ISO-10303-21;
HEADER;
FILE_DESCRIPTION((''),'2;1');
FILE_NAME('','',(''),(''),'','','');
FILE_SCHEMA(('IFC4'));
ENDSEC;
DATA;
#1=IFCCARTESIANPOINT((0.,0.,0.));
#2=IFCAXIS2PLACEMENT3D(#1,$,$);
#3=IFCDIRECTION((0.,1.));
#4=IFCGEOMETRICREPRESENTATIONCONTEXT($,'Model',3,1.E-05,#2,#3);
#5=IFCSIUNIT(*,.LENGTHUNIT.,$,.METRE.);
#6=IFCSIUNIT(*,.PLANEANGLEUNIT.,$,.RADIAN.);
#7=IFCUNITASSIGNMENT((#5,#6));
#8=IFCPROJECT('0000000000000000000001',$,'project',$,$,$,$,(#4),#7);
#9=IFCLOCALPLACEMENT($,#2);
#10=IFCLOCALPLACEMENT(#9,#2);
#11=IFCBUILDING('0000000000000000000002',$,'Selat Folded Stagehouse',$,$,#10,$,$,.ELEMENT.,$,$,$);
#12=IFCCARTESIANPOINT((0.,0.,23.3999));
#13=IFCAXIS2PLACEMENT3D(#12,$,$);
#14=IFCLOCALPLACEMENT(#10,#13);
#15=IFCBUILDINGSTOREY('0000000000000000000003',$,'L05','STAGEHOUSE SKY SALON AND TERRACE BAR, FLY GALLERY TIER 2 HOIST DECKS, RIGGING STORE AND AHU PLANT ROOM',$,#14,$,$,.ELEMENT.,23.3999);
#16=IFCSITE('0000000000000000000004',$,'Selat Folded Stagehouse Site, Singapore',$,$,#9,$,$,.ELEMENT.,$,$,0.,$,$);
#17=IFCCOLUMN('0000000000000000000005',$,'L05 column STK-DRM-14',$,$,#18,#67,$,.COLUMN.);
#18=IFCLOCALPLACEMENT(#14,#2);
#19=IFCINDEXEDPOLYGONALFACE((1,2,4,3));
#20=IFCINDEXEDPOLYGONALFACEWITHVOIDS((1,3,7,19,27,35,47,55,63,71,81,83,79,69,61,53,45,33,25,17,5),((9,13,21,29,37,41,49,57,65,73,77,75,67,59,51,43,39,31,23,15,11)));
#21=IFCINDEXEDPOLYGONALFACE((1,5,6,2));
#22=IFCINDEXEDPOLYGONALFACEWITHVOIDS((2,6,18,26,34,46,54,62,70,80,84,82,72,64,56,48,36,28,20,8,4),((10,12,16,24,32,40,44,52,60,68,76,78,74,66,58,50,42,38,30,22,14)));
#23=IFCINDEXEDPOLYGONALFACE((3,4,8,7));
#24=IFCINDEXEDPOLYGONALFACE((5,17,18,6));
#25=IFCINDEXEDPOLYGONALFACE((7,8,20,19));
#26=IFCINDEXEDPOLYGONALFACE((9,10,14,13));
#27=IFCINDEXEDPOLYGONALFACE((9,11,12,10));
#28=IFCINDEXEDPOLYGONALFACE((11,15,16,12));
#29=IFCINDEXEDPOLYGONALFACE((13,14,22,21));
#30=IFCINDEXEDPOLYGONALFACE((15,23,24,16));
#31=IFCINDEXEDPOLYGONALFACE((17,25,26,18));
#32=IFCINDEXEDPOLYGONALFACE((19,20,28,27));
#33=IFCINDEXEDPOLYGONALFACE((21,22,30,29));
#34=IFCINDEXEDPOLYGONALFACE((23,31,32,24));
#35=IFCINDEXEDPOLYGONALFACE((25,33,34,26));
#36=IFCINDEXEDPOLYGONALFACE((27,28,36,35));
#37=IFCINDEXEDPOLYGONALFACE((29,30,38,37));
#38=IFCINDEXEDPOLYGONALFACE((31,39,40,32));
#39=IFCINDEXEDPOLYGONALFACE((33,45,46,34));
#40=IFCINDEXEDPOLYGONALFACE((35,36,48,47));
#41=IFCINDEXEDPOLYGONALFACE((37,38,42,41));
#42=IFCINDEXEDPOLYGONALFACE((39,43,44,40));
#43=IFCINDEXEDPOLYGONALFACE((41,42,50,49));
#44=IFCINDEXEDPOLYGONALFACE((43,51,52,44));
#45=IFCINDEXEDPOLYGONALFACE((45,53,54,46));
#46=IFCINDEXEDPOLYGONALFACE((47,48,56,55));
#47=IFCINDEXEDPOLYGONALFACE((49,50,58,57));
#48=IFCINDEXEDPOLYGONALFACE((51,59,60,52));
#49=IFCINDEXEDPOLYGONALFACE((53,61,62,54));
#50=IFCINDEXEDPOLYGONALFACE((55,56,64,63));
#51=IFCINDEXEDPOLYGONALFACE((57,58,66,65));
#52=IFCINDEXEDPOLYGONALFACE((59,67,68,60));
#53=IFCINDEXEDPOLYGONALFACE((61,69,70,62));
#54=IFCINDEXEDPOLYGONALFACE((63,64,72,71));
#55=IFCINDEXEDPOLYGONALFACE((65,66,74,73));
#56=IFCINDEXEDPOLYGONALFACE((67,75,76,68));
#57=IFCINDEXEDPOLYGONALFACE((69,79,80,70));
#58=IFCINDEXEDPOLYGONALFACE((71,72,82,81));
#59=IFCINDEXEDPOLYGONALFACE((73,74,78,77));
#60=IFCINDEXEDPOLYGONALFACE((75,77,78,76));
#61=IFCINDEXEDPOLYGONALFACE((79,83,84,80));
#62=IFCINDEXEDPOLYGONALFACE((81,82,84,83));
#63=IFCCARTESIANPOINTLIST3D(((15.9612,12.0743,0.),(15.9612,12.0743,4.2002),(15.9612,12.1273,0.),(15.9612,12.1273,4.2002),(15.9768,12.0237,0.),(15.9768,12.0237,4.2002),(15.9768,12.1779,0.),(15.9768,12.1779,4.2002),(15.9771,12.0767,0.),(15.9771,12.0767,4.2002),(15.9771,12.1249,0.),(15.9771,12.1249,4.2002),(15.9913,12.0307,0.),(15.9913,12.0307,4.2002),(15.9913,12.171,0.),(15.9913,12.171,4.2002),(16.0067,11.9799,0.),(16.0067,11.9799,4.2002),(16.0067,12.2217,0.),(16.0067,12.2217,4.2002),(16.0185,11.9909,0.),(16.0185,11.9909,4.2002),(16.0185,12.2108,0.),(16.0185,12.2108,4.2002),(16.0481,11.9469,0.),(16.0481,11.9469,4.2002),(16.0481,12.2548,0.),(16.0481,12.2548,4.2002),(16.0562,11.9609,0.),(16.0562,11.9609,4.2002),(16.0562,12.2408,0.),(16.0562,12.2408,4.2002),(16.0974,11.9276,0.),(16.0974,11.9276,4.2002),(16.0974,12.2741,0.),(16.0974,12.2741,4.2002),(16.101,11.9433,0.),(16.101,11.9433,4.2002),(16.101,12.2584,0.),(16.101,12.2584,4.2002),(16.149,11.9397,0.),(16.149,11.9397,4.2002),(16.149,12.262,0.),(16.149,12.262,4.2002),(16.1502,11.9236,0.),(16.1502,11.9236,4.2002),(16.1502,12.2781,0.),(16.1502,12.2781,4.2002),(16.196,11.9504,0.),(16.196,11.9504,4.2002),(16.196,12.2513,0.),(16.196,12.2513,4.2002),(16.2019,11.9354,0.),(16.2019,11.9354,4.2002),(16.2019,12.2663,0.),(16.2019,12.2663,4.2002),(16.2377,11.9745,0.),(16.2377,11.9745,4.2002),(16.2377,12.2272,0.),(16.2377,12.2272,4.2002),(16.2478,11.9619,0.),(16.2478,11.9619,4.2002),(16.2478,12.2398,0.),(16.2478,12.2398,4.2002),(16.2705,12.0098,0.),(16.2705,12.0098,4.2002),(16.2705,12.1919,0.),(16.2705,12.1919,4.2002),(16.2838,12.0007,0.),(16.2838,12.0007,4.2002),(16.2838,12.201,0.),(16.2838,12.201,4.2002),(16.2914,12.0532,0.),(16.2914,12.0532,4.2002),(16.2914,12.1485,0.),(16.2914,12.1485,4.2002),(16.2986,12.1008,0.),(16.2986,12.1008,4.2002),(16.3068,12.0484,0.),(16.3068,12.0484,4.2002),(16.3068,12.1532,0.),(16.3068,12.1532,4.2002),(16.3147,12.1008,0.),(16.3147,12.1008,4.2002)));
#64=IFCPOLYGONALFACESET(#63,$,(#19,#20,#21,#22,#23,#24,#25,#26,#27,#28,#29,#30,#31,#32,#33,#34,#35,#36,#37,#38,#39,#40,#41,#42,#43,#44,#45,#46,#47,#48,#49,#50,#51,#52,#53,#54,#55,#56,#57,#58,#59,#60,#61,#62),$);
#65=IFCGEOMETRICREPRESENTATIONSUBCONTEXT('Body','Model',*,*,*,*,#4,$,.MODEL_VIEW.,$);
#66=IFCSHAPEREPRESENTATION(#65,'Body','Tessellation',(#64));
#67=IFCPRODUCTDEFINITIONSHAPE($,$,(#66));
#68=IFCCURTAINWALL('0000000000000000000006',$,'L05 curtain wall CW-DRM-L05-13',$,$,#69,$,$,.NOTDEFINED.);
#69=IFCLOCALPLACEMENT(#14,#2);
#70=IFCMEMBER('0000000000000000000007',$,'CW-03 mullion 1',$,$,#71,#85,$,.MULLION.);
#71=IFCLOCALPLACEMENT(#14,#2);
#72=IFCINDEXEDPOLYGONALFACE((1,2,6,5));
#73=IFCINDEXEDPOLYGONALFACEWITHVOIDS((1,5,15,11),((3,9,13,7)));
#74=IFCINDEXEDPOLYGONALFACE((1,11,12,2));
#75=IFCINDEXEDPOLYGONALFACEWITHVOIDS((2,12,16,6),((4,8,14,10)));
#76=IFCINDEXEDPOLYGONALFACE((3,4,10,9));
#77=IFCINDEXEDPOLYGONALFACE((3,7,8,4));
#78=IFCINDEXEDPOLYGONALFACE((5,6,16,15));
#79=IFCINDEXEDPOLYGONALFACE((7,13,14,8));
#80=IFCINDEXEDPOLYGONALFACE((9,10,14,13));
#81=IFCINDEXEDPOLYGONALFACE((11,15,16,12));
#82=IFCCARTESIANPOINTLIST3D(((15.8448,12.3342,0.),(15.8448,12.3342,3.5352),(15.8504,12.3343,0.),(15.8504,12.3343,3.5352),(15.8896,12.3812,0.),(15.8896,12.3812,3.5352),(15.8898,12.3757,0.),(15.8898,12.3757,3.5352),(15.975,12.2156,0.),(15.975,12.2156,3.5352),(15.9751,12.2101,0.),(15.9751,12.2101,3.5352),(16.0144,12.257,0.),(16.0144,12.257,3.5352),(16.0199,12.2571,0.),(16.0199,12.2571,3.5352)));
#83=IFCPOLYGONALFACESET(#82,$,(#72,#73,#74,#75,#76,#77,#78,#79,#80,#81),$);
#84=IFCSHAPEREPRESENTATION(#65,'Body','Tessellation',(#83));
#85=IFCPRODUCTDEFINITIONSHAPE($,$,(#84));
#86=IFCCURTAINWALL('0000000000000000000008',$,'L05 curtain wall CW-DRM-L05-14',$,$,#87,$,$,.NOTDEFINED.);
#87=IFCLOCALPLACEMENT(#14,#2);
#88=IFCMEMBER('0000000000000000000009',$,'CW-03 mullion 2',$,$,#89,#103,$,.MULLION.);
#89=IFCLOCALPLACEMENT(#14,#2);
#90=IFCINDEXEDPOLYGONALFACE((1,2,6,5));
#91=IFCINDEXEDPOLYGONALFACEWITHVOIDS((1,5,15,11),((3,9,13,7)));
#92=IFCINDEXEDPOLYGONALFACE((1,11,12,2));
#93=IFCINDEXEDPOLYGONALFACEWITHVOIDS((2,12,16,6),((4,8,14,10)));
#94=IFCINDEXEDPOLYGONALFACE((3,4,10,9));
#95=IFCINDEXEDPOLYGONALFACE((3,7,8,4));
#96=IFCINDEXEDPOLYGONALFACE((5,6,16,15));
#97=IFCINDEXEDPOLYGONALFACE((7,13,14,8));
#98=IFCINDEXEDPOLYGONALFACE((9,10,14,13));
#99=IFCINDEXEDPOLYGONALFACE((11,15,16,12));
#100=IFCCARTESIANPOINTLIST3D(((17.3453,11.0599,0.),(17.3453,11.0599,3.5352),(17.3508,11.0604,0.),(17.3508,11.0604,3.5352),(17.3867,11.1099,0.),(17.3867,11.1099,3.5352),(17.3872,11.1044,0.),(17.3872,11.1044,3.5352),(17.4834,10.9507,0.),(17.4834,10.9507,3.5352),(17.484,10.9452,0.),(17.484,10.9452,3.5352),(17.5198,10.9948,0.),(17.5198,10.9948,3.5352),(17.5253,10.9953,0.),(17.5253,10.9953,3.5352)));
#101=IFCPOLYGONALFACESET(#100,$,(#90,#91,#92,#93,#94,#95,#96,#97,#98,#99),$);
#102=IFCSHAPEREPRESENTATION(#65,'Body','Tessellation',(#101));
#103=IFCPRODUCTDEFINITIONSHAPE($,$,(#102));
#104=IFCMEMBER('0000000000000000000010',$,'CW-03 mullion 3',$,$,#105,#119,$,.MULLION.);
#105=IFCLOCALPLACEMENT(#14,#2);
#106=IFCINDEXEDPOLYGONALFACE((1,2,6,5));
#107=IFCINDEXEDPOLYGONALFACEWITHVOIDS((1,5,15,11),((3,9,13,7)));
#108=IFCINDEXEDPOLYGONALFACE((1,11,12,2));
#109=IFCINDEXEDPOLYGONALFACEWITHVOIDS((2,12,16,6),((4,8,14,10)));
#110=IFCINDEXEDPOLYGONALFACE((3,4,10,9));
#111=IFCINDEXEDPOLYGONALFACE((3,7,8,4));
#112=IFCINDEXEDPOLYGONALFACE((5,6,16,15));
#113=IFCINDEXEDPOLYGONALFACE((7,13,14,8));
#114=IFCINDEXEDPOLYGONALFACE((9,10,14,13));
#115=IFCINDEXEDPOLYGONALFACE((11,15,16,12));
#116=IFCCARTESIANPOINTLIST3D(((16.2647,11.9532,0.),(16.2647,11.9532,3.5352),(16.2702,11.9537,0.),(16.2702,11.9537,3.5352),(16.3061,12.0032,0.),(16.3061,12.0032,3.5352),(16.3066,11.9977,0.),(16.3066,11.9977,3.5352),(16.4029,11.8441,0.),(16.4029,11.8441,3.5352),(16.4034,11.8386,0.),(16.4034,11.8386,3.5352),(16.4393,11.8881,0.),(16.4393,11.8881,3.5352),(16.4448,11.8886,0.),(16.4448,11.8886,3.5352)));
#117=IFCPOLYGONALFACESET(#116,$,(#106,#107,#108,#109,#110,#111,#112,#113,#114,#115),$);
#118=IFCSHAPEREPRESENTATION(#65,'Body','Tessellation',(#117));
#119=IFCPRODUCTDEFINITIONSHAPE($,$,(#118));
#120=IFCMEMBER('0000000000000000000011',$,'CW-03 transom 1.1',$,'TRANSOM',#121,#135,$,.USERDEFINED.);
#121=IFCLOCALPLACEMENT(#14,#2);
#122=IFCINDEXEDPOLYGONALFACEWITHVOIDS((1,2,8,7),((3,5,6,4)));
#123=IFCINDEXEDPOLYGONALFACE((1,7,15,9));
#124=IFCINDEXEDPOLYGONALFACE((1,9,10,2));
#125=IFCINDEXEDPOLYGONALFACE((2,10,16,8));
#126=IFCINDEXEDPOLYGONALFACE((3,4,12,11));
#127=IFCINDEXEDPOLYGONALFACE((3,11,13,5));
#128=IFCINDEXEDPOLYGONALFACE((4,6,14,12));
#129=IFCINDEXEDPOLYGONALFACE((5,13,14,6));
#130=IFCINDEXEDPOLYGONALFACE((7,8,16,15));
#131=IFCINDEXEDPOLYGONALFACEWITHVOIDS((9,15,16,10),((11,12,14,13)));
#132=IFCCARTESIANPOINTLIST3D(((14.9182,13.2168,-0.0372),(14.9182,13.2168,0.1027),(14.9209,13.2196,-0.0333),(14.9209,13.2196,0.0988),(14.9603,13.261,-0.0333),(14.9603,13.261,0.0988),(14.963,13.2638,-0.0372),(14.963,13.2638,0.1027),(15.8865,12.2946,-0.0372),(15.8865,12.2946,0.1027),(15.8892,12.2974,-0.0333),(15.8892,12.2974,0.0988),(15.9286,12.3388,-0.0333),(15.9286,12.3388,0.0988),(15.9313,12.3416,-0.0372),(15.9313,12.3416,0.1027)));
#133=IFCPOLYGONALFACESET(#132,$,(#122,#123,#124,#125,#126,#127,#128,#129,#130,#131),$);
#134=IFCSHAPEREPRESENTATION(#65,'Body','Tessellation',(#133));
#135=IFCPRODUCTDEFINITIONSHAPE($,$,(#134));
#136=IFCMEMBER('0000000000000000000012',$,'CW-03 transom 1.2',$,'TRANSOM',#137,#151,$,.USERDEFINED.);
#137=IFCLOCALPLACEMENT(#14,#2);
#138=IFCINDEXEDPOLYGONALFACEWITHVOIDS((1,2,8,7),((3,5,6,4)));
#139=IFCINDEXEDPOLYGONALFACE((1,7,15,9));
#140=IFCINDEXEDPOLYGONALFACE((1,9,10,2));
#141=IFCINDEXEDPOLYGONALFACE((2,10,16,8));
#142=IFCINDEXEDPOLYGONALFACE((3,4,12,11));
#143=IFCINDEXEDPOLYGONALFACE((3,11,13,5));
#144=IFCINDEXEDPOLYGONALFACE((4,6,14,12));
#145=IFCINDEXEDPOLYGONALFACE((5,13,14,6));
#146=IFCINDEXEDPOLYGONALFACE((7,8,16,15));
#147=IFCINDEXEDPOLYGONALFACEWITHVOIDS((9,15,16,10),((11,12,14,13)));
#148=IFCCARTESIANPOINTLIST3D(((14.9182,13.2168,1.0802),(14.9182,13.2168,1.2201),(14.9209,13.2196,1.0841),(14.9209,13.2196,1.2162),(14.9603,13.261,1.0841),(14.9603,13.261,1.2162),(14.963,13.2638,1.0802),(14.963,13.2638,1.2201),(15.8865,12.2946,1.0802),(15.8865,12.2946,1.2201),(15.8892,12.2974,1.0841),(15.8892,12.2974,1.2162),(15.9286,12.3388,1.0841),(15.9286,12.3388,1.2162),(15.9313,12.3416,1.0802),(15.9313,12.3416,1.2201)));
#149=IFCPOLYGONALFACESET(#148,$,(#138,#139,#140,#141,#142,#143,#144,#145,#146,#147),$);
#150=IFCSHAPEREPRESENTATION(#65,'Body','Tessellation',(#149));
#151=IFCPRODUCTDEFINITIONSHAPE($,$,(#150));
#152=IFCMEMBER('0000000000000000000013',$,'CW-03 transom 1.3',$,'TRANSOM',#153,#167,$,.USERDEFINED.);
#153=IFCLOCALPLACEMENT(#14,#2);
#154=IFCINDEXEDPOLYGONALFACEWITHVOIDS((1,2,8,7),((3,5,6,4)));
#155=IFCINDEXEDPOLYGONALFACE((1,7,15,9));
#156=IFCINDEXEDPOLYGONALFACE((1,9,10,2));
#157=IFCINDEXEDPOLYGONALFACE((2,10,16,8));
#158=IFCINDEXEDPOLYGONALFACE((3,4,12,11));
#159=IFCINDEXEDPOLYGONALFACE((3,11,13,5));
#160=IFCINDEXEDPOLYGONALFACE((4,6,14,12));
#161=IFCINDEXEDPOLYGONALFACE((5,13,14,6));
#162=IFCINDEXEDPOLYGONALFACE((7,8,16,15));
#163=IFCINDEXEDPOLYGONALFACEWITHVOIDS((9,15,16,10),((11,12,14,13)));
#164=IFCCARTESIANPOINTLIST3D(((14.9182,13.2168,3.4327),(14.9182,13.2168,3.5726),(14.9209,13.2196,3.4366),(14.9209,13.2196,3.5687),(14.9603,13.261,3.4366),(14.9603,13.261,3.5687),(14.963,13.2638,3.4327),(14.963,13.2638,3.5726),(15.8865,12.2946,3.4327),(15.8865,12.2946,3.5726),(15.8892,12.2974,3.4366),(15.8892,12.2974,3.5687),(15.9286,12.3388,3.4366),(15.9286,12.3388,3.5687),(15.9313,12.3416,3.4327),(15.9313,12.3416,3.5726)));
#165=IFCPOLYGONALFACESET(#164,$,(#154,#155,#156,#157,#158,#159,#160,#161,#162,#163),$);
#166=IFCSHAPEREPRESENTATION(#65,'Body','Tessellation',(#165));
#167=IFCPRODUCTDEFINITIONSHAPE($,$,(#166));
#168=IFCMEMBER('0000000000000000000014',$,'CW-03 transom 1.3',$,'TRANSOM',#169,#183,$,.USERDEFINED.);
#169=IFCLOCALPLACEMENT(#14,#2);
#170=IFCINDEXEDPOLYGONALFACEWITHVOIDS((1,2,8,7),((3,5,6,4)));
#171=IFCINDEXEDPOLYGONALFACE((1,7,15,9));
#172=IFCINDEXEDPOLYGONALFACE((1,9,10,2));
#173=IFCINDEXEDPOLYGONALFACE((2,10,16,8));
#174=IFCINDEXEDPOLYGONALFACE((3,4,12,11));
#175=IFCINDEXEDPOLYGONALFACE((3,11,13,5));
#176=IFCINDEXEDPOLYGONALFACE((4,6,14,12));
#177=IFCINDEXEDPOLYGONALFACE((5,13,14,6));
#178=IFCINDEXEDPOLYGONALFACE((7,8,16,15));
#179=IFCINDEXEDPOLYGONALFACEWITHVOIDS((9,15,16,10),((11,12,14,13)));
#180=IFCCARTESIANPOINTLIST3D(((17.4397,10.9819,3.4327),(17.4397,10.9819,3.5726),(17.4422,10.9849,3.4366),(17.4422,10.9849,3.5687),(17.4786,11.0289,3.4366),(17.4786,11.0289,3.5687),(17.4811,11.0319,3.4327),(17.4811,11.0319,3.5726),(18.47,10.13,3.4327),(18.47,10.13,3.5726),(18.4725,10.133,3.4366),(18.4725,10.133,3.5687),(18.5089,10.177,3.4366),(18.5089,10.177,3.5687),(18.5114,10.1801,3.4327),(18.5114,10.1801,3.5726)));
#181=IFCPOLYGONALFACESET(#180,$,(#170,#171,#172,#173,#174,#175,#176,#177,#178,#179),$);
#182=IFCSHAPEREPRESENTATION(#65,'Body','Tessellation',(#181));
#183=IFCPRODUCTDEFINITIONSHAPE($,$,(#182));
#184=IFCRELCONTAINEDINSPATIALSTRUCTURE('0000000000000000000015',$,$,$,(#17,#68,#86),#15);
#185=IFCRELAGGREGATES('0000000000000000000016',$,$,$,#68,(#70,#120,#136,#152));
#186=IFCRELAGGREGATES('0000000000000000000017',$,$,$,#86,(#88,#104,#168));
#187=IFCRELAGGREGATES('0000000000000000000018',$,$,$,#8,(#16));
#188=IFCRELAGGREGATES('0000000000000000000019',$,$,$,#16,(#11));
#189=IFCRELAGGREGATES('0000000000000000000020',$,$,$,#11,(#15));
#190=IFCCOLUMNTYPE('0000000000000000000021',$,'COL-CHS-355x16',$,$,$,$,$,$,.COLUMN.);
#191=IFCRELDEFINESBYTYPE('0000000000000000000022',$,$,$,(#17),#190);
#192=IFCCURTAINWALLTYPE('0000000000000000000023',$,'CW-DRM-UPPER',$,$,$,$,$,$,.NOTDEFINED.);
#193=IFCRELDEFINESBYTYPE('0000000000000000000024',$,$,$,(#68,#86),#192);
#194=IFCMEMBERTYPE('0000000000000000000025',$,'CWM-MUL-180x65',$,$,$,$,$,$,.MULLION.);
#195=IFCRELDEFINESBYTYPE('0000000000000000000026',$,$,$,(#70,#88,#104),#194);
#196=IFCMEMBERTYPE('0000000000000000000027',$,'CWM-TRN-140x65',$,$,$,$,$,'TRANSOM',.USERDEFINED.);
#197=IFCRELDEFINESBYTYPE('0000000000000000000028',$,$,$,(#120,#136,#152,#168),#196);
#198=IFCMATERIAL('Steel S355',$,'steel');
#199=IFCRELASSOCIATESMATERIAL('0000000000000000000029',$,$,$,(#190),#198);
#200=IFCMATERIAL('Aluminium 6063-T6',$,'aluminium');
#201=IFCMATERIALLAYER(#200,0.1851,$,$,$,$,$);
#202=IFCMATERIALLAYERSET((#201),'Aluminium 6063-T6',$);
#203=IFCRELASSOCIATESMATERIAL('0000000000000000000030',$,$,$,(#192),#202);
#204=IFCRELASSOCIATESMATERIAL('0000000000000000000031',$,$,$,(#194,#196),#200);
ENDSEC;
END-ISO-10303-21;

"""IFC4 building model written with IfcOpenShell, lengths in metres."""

from ifc_helpers import new_model, si_unit, direction, frame, origin, origin_2d, place, context, subcontext, project, spatial, hollow_rectangle, hollow_circle, extrude, material, layer, layer_set, material_profile, profile_set, type_object, element, aggregate, save


model = new_model("IFC4")

# Units and contexts
model_context = context("Model", 3, precision=1e-05, world=origin(), true_north=direction((0.0, 1.0)))
body_context = subcontext(model_context, "Body", "Model", "MODEL_VIEW")
ifc_project = project(units=[si_unit("LENGTHUNIT", "METRE"), si_unit("PLANEANGLEUNIT", "RADIAN")], contexts=[model_context])

# Site, building, storey
site_placement = place(None, origin())
site = spatial("IfcSite", under=ifc_project, at=site_placement, Name="Selat Folded Stagehouse Site, Singapore", CompositionType="ELEMENT", RefElevation=0.0)
building_placement = place(site_placement, origin())
building = spatial("IfcBuilding", under=site, at=building_placement, Name="Selat Folded Stagehouse", CompositionType="ELEMENT")
storey_placement = place(building_placement, frame((0.0, 0.0, 23.3999)))
storey = spatial("IfcBuildingStorey", under=building, at=storey_placement, Name="L05", Description="STAGEHOUSE SKY SALON AND TERRACE BAR, FLY GALLERY TIER 2 HOIST DECKS, RIGGING STORE AND AHU PLANT ROOM", CompositionType="ELEMENT", Elevation=23.3999)

# Column
ifc_material_1 = material(Name="Steel S355", Category="steel")
ifc_material_profile_1 = material_profile(ifc_material_1, hollow_circle(Radius=0.1777, WallThickness=0.0161, at=origin_2d()), Name="CHS 355.6x16.0")
ifc_profile_set_1 = profile_set([ifc_material_profile_1], Name="Steel S355")
column_type = type_object("IfcColumnType", Name="COL-CHS-355x16", PredefinedType="COLUMN", material=ifc_profile_set_1)
column_placement = place(storey_placement, frame((16.137, 12.1008, 0.0), z_axis=(0.0, 0.0, 1.0), x_axis=(1.0, 0.0, 0.0)))
element("IfcColumn", 1, at=column_placement, inside=storey, type_object=column_type, Name="L05 column STK-DRM-14", PredefinedType="COLUMN", context=body_context, shape_type="SweptSolid", body=[
    extrude(hollow_circle(Radius=0.1777, WallThickness=0.0161, at=origin_2d()), origin(), (0.0, 0.0, 1.0), 4.2002),
])

# Curtain wall, member
ifc_material_2 = material(Name="Aluminium 6063-T6", Category="aluminium")
ifc_layer_1 = layer(ifc_material_2, 0.1851)
ifc_layer_set_1 = layer_set([ifc_layer_1], Name="Aluminium 6063-T6")
curtain_wall_type = type_object("IfcCurtainWallType", Name="CW-DRM-UPPER", PredefinedType="NOTDEFINED", material=ifc_layer_set_1)
curtain_wall_1_placement = place(storey_placement, origin())
curtain_wall_1 = element("IfcCurtainWall", 2, at=curtain_wall_1_placement, inside=storey, type_object=curtain_wall_type, Name="L05 curtain wall CW-DRM-L05-13", PredefinedType="NOTDEFINED")
ifc_material_profile_2 = material_profile(ifc_material_2, hollow_rectangle(XDim=0.0649, YDim=0.1799, WallThickness=0.0039, at=origin_2d()), Name="ALU 180x65x4.0")
ifc_profile_set_2 = profile_set([ifc_material_profile_2], Name="Aluminium 6063-T6")
member_type_1 = type_object("IfcMemberType", Name="CWM-MUL-180x65", PredefinedType="MULLION", material=ifc_profile_set_2)
member_1_placement = place(storey_placement, frame((15.9324, 12.2957, 0.0), z_axis=(0.0, 0.0, 1.0), x_axis=(-0.689661, -0.724132, 0.0)))
member_1 = element("IfcMember", 3, at=member_1_placement, type_object=member_type_1, Name="CW-03 mullion 1", PredefinedType="MULLION", context=body_context, shape_type="SweptSolid", body=[
    extrude(hollow_rectangle(XDim=0.0649, YDim=0.1799, WallThickness=0.0039, at=origin_2d()), origin(), (0.0, 0.0, 1.0), 3.5352),
])

# Curtain wall, members
curtain_wall_2_placement = place(storey_placement, origin())
curtain_wall_2 = element("IfcCurtainWall", 4, at=curtain_wall_2_placement, inside=storey, type_object=curtain_wall_type, Name="L05 curtain wall CW-DRM-L05-14", PredefinedType="NOTDEFINED")
member_2_placement = place(storey_placement, frame((17.4353, 11.0276, 0.0), z_axis=(0.0, 0.0, 1.0), x_axis=(-0.637142, -0.770747, 0.0)))
member_2 = element("IfcMember", 5, at=member_2_placement, type_object=member_type_1, Name="CW-03 mullion 2", PredefinedType="MULLION", context=body_context, shape_type="SweptSolid", body=[
    extrude(hollow_rectangle(XDim=0.0649, YDim=0.1799, WallThickness=0.0039, at=origin_2d()), origin(), (0.0, 0.0, 1.0), 3.5352),
])
member_3_placement = place(storey_placement, frame((16.3547, 11.9209, 0.0), z_axis=(0.0, 0.0, 1.0), x_axis=(-0.637142, -0.770747, 0.0)))
member_3 = element("IfcMember", 6, at=member_3_placement, type_object=member_type_1, Name="CW-03 mullion 3", PredefinedType="MULLION", context=body_context, shape_type="SweptSolid", body=[
    extrude(hollow_rectangle(XDim=0.0649, YDim=0.1799, WallThickness=0.0039, at=origin_2d()), origin(), (0.0, 0.0, 1.0), 3.5352),
])

# Members
ifc_material_profile_3 = material_profile(ifc_material_2, hollow_rectangle(XDim=0.0649, YDim=0.1399, WallThickness=0.0039, at=origin_2d()), Name="ALU 140x65x4.0")
ifc_profile_set_3 = profile_set([ifc_material_profile_3], Name="Aluminium 6063-T6")
member_type_2 = type_object("IfcMemberType", Name="CWM-TRN-140x65", ElementType="TRANSOM", PredefinedType="USERDEFINED", material=ifc_profile_set_3)
member_4_placement = place(storey_placement, frame((15.9089, 12.3181, 0.0327), z_axis=(-0.724151, 0.689641, 0.0), x_axis=(-0.689641, -0.724151, 0.0)))
member_4 = element("IfcMember", 7, at=member_4_placement, type_object=member_type_2, Name="CW-03 transom 1.1", ObjectType="TRANSOM", PredefinedType="USERDEFINED", context=body_context, shape_type="SweptSolid", body=[
    extrude(hollow_rectangle(XDim=0.0649, YDim=0.1399, WallThickness=0.0039, at=origin_2d()), origin(), (0.0, 0.0, 1.0), 1.3372),
])
member_5_placement = place(storey_placement, frame((15.9089, 12.3181, 1.1501), z_axis=(-0.724151, 0.689641, 0.0), x_axis=(-0.689641, -0.724151, 0.0)))
member_5 = element("IfcMember", 8, at=member_5_placement, type_object=member_type_2, Name="CW-03 transom 1.2", ObjectType="TRANSOM", PredefinedType="USERDEFINED", context=body_context, shape_type="SweptSolid", body=[
    extrude(hollow_rectangle(XDim=0.0649, YDim=0.1399, WallThickness=0.0039, at=origin_2d()), origin(), (0.0, 0.0, 1.0), 1.3372),
])
member_6_placement = place(storey_placement, frame((15.9089, 12.3181, 3.5027), z_axis=(-0.724151, 0.689641, 0.0), x_axis=(-0.689641, -0.724151, 0.0)))
member_6 = element("IfcMember", 9, at=member_6_placement, type_object=member_type_2, Name="CW-03 transom 1.3", ObjectType="TRANSOM", PredefinedType="USERDEFINED", context=body_context, shape_type="SweptSolid", body=[
    extrude(hollow_rectangle(XDim=0.0649, YDim=0.1399, WallThickness=0.0039, at=origin_2d()), origin(), (0.0, 0.0, 1.0), 1.3372),
])
member_7_placement = place(storey_placement, frame((18.4907, 10.155, 3.5027), z_axis=(-0.7707, 0.637198, 0.0), x_axis=(-0.637198, -0.7707, 0.0)))
member_7 = element("IfcMember", 10, at=member_7_placement, type_object=member_type_2, Name="CW-03 transom 1.3", ObjectType="TRANSOM", PredefinedType="USERDEFINED", context=body_context, shape_type="SweptSolid", body=[
    extrude(hollow_rectangle(XDim=0.0649, YDim=0.1399, WallThickness=0.0039, at=origin_2d()), origin(), (0.0, 0.0, 1.0), 1.3369),
])

aggregate(curtain_wall_1, [member_1, member_4, member_5, member_6])
aggregate(curtain_wall_2, [member_2, member_3, member_7])

save(model, "model.ifc")
